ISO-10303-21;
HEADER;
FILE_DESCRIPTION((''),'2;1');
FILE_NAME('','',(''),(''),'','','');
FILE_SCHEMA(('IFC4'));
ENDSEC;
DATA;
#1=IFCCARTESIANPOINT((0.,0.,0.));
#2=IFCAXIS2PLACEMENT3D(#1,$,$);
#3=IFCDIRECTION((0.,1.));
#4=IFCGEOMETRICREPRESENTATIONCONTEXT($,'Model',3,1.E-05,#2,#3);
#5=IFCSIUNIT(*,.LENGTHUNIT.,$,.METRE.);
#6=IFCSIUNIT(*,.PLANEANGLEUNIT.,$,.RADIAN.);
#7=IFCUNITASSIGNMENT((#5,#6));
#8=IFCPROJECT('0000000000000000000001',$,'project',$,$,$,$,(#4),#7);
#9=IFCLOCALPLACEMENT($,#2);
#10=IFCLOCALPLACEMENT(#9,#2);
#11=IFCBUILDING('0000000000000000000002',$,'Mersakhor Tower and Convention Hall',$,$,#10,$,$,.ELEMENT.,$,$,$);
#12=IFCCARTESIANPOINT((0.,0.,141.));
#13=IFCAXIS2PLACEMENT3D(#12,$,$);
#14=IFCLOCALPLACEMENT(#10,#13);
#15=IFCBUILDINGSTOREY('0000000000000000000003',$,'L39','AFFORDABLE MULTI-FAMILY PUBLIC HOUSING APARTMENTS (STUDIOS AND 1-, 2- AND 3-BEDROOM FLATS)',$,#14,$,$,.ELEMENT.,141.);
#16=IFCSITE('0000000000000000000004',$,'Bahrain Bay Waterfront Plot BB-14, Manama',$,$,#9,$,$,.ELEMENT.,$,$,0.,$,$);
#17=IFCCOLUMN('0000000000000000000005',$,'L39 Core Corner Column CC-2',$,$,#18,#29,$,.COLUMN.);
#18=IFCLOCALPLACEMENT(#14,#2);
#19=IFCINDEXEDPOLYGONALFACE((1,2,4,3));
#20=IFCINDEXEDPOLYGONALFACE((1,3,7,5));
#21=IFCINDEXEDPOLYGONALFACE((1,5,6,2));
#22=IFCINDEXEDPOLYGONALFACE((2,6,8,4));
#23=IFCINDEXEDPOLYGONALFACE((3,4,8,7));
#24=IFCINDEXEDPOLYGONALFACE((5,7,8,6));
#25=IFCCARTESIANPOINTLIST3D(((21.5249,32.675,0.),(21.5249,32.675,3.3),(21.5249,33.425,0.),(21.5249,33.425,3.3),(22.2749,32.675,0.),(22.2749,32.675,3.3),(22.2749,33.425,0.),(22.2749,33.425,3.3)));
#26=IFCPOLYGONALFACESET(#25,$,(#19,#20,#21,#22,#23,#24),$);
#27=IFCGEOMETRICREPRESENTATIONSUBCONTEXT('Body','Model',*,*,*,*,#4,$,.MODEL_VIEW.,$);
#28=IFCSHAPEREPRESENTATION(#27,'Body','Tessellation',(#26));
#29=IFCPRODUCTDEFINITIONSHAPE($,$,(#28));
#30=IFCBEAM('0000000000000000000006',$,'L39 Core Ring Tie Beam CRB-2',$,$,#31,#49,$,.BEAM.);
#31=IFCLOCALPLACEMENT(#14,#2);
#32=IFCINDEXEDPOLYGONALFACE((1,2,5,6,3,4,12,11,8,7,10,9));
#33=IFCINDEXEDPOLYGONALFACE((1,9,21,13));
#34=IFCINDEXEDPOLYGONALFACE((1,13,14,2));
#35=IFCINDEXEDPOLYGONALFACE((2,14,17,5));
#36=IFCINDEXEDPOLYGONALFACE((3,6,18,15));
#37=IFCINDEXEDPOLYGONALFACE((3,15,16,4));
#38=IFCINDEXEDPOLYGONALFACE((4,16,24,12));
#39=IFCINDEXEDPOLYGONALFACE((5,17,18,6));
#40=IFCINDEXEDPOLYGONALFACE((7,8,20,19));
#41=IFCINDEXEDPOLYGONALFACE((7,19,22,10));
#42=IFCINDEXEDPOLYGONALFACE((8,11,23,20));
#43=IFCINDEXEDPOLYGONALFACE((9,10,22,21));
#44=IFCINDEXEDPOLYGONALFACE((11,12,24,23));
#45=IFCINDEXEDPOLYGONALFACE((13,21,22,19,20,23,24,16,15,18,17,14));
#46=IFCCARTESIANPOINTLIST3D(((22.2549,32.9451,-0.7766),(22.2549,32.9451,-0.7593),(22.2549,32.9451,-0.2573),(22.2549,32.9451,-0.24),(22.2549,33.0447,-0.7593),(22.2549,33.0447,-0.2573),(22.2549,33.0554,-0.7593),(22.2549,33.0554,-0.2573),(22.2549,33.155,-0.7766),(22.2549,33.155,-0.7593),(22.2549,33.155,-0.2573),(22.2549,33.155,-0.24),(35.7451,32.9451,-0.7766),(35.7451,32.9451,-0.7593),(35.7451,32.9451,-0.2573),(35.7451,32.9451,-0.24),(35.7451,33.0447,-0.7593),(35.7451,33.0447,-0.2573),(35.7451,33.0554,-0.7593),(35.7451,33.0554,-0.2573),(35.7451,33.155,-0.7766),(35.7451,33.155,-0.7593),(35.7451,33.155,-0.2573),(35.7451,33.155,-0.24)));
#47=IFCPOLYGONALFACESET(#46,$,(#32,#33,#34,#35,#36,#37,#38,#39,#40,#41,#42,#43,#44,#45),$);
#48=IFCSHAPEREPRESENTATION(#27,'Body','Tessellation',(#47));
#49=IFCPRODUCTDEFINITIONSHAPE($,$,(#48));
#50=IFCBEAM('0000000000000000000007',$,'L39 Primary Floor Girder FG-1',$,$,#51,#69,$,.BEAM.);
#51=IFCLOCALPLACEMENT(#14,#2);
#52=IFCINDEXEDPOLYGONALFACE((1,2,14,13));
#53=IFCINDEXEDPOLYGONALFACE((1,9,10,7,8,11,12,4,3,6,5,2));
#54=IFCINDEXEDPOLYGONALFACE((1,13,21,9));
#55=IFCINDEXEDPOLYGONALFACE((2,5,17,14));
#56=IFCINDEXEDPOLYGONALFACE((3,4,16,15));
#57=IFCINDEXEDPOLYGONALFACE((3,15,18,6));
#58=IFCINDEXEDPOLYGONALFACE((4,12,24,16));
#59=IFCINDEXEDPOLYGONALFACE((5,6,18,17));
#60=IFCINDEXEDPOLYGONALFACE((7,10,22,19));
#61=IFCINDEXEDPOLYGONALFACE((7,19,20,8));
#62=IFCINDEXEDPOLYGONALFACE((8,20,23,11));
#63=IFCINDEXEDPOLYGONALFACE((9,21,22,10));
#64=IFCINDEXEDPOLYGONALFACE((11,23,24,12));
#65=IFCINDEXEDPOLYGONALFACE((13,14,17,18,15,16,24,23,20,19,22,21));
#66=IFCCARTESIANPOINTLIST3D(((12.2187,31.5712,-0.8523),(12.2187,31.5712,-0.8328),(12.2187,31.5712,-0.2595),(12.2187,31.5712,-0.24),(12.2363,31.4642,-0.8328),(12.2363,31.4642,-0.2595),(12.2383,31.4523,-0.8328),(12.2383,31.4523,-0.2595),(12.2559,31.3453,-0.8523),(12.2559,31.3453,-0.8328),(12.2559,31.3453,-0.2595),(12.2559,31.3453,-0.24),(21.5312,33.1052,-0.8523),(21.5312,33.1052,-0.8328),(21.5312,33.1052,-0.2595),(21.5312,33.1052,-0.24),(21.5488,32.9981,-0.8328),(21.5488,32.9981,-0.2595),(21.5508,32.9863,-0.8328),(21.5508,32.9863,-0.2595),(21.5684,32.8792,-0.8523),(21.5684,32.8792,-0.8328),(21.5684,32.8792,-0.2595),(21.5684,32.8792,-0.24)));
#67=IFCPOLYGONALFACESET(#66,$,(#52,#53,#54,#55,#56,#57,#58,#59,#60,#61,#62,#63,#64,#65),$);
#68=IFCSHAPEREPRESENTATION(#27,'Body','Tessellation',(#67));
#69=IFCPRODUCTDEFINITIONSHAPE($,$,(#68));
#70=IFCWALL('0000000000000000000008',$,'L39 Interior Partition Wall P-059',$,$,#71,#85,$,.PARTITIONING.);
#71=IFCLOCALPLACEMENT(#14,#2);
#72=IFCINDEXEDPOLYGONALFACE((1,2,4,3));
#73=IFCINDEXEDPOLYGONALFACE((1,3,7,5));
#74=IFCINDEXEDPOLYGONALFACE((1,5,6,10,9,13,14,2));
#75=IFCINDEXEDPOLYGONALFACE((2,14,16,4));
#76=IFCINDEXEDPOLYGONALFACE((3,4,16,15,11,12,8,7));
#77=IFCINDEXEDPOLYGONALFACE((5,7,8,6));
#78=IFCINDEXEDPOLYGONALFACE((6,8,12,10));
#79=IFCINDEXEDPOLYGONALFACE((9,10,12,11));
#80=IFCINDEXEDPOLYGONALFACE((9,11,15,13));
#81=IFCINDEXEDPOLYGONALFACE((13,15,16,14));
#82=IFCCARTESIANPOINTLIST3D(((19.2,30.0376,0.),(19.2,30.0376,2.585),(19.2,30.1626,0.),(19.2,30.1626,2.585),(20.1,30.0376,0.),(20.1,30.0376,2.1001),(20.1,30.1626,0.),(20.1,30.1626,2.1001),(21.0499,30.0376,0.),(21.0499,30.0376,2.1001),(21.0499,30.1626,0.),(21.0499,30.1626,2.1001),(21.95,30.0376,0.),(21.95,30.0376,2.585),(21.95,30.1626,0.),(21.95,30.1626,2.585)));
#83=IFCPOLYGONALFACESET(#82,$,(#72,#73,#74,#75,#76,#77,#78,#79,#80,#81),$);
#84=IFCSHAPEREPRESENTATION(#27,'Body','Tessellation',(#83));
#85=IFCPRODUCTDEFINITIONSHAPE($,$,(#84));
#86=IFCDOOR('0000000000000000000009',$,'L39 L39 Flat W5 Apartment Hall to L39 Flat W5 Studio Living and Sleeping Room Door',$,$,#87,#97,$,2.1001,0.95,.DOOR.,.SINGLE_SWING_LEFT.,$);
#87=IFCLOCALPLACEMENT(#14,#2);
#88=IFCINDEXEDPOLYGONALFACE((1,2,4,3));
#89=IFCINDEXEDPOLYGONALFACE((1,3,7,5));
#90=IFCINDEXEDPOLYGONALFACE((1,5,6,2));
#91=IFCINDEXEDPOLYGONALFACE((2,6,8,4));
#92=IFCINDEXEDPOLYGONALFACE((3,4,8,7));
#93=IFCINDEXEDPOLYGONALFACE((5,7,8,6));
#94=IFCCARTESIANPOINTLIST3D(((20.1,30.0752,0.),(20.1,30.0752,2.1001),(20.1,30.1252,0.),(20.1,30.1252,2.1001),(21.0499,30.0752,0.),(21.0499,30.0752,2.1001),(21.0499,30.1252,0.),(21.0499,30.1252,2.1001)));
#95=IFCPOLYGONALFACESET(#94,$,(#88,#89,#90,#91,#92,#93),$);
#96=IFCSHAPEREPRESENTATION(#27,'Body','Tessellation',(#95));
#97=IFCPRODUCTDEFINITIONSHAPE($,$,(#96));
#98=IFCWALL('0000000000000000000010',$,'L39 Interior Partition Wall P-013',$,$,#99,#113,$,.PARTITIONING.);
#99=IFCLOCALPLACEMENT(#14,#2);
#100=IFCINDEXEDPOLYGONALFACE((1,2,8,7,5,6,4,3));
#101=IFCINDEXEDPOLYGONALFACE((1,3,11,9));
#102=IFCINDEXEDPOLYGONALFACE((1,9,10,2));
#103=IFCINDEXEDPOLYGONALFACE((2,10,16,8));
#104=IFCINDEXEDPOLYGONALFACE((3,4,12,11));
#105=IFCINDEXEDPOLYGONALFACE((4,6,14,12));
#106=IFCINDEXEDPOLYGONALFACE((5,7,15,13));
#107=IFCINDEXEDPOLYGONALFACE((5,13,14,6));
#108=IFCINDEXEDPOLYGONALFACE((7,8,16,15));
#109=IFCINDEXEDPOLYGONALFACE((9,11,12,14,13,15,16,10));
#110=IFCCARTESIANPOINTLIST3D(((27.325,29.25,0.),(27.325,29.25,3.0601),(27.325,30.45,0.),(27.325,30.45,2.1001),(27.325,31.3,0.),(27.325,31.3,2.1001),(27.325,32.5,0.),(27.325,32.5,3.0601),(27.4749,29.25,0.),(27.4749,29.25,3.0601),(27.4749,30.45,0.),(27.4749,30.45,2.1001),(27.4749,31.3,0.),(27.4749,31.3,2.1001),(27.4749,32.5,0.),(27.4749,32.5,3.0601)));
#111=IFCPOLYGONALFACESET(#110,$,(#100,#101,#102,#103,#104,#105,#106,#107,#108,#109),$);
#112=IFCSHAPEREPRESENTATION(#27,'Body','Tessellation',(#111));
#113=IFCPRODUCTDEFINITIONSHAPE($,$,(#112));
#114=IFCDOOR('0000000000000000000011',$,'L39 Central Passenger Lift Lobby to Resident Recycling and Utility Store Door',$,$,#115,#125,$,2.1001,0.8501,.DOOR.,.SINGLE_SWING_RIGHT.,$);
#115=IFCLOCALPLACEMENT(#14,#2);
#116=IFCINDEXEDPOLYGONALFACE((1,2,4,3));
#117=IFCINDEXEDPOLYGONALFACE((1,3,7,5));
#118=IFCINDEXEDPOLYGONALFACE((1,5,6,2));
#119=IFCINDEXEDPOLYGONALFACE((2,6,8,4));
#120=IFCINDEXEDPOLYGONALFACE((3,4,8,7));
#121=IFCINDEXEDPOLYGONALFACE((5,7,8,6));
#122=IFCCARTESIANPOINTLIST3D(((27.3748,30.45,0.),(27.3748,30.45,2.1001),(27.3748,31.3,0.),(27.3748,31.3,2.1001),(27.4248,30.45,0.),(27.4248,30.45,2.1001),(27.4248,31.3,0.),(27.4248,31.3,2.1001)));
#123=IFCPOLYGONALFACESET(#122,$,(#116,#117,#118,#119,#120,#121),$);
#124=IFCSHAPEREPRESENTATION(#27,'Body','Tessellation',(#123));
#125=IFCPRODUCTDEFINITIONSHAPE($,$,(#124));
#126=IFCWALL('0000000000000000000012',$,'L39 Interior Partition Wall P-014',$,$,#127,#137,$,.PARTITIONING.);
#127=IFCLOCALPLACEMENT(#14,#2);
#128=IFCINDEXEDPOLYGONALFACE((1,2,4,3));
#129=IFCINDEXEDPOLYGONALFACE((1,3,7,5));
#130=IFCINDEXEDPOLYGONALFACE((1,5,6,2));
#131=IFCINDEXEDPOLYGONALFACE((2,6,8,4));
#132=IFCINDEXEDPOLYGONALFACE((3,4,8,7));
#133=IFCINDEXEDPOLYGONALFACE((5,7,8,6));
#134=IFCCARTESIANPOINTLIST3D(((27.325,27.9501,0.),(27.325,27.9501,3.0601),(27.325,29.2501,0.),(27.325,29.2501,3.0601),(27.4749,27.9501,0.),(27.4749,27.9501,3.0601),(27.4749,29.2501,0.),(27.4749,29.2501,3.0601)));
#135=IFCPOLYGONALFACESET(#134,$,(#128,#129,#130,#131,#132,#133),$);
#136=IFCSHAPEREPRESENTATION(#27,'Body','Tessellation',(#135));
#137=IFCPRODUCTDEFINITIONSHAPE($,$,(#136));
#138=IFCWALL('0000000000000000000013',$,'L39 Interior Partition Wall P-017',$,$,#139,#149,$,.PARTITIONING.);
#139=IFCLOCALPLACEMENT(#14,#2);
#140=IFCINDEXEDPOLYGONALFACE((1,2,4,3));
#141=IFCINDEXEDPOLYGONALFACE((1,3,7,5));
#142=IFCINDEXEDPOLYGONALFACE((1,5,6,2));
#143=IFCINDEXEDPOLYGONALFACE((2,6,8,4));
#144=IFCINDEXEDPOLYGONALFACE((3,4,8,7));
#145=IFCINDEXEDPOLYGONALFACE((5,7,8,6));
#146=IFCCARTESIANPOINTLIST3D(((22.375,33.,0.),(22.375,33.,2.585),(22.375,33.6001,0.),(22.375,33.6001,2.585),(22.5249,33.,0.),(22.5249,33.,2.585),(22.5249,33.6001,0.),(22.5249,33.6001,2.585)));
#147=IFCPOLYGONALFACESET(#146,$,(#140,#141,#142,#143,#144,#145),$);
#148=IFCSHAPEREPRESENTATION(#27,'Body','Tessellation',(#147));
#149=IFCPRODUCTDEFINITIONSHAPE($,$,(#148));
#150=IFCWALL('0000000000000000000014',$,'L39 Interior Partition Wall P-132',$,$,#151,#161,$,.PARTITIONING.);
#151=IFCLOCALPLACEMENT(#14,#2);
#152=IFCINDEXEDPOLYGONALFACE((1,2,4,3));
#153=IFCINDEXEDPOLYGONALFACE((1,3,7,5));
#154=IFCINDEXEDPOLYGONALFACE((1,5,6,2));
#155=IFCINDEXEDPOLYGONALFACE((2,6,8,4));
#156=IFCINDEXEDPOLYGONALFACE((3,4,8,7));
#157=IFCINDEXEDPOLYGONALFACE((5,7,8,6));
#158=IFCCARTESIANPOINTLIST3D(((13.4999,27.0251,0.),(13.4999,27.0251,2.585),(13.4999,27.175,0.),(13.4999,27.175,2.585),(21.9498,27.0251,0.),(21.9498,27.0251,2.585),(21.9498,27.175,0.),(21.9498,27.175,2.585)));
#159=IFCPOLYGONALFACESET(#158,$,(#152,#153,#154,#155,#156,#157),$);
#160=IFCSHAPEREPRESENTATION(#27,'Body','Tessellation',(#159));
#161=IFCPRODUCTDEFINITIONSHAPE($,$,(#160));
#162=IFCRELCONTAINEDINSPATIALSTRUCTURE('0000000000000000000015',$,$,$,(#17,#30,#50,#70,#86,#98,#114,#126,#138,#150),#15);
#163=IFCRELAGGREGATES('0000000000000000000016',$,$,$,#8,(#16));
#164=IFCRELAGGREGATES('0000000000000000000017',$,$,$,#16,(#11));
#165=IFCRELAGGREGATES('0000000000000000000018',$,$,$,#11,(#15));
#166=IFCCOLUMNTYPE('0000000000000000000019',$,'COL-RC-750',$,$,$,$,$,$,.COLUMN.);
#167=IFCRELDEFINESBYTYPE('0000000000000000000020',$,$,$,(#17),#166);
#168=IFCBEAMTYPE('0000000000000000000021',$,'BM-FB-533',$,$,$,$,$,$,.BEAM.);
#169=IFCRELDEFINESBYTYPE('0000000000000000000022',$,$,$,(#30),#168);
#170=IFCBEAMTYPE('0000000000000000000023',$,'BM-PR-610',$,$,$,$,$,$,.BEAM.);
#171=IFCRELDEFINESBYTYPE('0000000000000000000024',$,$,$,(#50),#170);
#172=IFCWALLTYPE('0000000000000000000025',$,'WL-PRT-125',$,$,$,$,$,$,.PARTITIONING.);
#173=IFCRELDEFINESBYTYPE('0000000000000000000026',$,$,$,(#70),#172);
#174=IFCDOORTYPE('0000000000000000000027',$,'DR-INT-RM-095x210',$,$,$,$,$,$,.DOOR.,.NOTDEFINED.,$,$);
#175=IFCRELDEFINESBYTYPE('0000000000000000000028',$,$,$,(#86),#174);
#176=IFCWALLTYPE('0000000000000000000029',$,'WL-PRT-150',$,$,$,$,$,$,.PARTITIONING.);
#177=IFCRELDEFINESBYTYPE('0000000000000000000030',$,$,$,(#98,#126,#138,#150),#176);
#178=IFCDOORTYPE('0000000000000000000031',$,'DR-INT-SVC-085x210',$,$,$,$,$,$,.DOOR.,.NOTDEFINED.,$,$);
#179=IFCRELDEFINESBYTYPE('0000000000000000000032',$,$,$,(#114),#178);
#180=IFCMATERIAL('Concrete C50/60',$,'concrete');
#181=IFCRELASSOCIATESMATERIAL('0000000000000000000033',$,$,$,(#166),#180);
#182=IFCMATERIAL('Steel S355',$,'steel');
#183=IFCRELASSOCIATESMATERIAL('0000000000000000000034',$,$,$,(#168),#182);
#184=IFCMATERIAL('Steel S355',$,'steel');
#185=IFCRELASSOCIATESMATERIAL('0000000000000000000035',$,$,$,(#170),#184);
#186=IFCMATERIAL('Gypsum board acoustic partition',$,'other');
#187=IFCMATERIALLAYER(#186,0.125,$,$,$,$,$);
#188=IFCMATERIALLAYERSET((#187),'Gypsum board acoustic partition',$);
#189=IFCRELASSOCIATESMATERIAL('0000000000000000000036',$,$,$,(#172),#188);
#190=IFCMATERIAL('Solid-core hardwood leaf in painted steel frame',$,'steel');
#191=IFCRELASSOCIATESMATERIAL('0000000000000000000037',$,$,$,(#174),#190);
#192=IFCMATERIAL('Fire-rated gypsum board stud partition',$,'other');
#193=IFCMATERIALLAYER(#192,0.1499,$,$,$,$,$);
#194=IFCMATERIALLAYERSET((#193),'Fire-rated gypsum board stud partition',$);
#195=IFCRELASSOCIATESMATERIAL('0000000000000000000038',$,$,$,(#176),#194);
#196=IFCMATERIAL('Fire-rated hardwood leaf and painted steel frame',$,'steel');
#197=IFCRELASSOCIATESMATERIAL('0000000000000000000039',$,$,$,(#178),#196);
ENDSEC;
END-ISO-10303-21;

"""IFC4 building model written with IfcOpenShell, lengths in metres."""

from ifc_helpers import new_model, si_unit, direction, frame, frame_2d, origin, origin_2d, place, context, subcontext, project, spatial, rectangle, i_section, extrude, material, layer, layer_set, material_profile, profile_set, type_object, element, fill, save


model = new_model("IFC4")

# Units and contexts
model_context = context("Model", 3, precision=1e-05, world=origin(), true_north=direction((0.0, 1.0)))
body_context = subcontext(model_context, "Body", "Model", "MODEL_VIEW")
ifc_project = project(units=[si_unit("LENGTHUNIT", "METRE"), si_unit("PLANEANGLEUNIT", "RADIAN")], contexts=[model_context])

# Site, building, storey
site_placement = place(None, origin())
site = spatial("IfcSite", under=ifc_project, at=site_placement, Name="Bahrain Bay Waterfront Plot BB-14, Manama", CompositionType="ELEMENT", RefElevation=0.0)
building_placement = place(site_placement, origin())
building = spatial("IfcBuilding", under=site, at=building_placement, Name="Mersakhor Tower and Convention Hall", CompositionType="ELEMENT")
storey_placement = place(building_placement, frame((0.0, 0.0, 141.0)))
storey = spatial("IfcBuildingStorey", under=building, at=storey_placement, Name="L39", Description="AFFORDABLE MULTI-FAMILY PUBLIC HOUSING APARTMENTS (STUDIOS AND 1-, 2- AND 3-BEDROOM FLATS)", CompositionType="ELEMENT", Elevation=141.0)

# Column
ifc_material_1 = material(Name="Concrete C50/60", Category="concrete")
ifc_material_profile_1 = material_profile(ifc_material_1, rectangle(XDim=0.75, YDim=0.75, at=origin_2d()), Name="RC 750x750")
ifc_profile_set_1 = profile_set([ifc_material_profile_1], Name="Concrete C50/60")
column_type = type_object("IfcColumnType", Name="COL-RC-750", PredefinedType="COLUMN", material=ifc_profile_set_1)
column_placement = place(storey_placement, frame((21.8999, 33.05, 0.0), z_axis=(0.0, 0.0, 1.0), x_axis=(1.0, 0.0, 0.0)))
element("IfcColumn", 1, at=column_placement, inside=storey, type_object=column_type, Name="L39 Core Corner Column CC-2", PredefinedType="COLUMN", context=body_context, shape_type="SweptSolid", body=[
    extrude(rectangle(XDim=0.75, YDim=0.75, at=origin_2d()), origin(), (0.0, 0.0, 1.0), 3.3),
])

# Beams
ifc_material_2 = material(Name="Steel S355", Category="steel")
ifc_material_profile_2 = material_profile(ifc_material_2, i_section(OverallWidth=0.21, OverallDepth=0.5366, WebThickness=0.0107, FlangeThickness=0.0173, at=origin_2d()), Name="UB 533x210x101")
ifc_profile_set_2 = profile_set([ifc_material_profile_2], Name="Steel S355")
beam_type_1 = type_object("IfcBeamType", Name="BM-FB-533", PredefinedType="BEAM", material=ifc_profile_set_2)
beam_1_placement = place(storey_placement, frame((22.2549, 33.05, -0.5083), z_axis=(1.0, 0.0, 0.0), x_axis=(0.0, 1.0, 0.0)))
element("IfcBeam", 2, at=beam_1_placement, inside=storey, type_object=beam_type_1, Name="L39 Core Ring Tie Beam CRB-2", PredefinedType="BEAM", context=body_context, shape_type="SweptSolid", body=[
    extrude(i_section(OverallWidth=0.21, OverallDepth=0.5366, WebThickness=0.0107, FlangeThickness=0.0173, at=origin_2d()), origin(), (0.0, 0.0, 1.0), 13.4902),
])
ifc_material_3 = material(Name="Steel S355", Category="steel")
ifc_material_profile_3 = material_profile(ifc_material_3, i_section(OverallWidth=0.229, OverallDepth=0.6123, WebThickness=0.012, FlangeThickness=0.0195, at=origin_2d()), Name="UB 610x229x125")
ifc_profile_set_3 = profile_set([ifc_material_profile_3], Name="Steel S355")
beam_type_2 = type_object("IfcBeamType", Name="BM-PR-610", PredefinedType="BEAM", material=ifc_profile_set_3)
beam_2_placement = place(storey_placement, frame((21.5498, 32.9922, -0.5461), z_axis=(-0.986704, -0.162528, 0.0), x_axis=(0.162528, -0.986704, 0.0)))
element("IfcBeam", 3, at=beam_2_placement, inside=storey, type_object=beam_type_2, Name="L39 Primary Floor Girder FG-1", PredefinedType="BEAM", context=body_context, shape_type="SweptSolid", body=[
    extrude(i_section(OverallWidth=0.229, OverallDepth=0.6123, WebThickness=0.012, FlangeThickness=0.0195, at=origin_2d()), origin(), (0.0, 0.0, 1.0), 9.438),
])

# Walls, openings, doors
ifc_material_4 = material(Name="Gypsum board acoustic partition", Category="other")
ifc_layer_1 = layer(ifc_material_4, 0.125)
ifc_layer_set_1 = layer_set([ifc_layer_1], Name="Gypsum board acoustic partition")
wall_type_1 = type_object("IfcWallType", Name="WL-PRT-125", PredefinedType="PARTITIONING", material=ifc_layer_set_1)
wall_1_placement = place(storey_placement, frame((21.95, 30.1001, 0.0), z_axis=(0.0, 0.0, 1.0), x_axis=(-1.0, 0.0, 0.0)))
wall_1 = element("IfcWall", 4, at=wall_1_placement, inside=storey, type_object=wall_type_1, Name="L39 Interior Partition Wall P-059", PredefinedType="PARTITIONING", context=body_context, shape_type="SweptSolid", body=[
    extrude(rectangle(XDim=2.75, YDim=0.125, at=frame_2d((1.375, 0.0))), origin(), (0.0, 0.0, 1.0), 2.585),
])
opening_1_placement = place(wall_1_placement, frame((0.8999, 0.0, 0.0)))
opening_1 = element("IfcOpeningElement", 5, at=opening_1_placement, cuts=wall_1, PredefinedType="OPENING", context=body_context, shape_type="SweptSolid", body=[
    extrude(rectangle(XDim=0.95, YDim=2.1001, at=frame_2d((0.4751, 1.05))), frame((0.0, 0.0725, 0.0), z_axis=(0.0, -1.0, 0.0), x_axis=(1.0, 0.0, 0.0)), (0.0, 0.0, 1.0), 0.145),
])
ifc_material_5 = material(Name="Solid-core hardwood leaf in painted steel frame", Category="steel")
door_type_1 = type_object("IfcDoorType", Name="DR-INT-RM-095x210", OperationType="NOTDEFINED", PredefinedType="DOOR", material=ifc_material_5)
door_1_placement = place(opening_1_placement, origin())
door_1 = element("IfcDoor", 6, at=door_1_placement, inside=storey, type_object=door_type_1, Name="L39 L39 Flat W5 Apartment Hall to L39 Flat W5 Studio Living and Sleeping Room Door", OperationType="SINGLE_SWING_LEFT", OverallHeight=2.1001, OverallWidth=0.95, PredefinedType="DOOR", context=body_context, shape_type="SweptSolid", body=[
    extrude(rectangle(XDim=0.95, YDim=2.1001, at=frame_2d((0.4751, 1.05))), frame((0.0, 0.0249, 0.0), z_axis=(0.0, -1.0, 0.0), x_axis=(1.0, 0.0, 0.0)), (0.0, 0.0, 1.0), 0.05),
])
fill(opening_1, door_1)
ifc_material_6 = material(Name="Fire-rated gypsum board stud partition", Category="other")
ifc_layer_2 = layer(ifc_material_6, 0.1499)
ifc_layer_set_2 = layer_set([ifc_layer_2], Name="Fire-rated gypsum board stud partition")
wall_type_2 = type_object("IfcWallType", Name="WL-PRT-150", PredefinedType="PARTITIONING", material=ifc_layer_set_2)
wall_2_placement = place(storey_placement, frame((27.3999, 32.5, 0.0), z_axis=(0.0, 0.0, 1.0), x_axis=(0.0, -1.0, 0.0)))
wall_2 = element("IfcWall", 7, at=wall_2_placement, inside=storey, type_object=wall_type_2, Name="L39 Interior Partition Wall P-013", PredefinedType="PARTITIONING", context=body_context, shape_type="SweptSolid", body=[
    extrude(rectangle(XDim=3.25, YDim=0.1499, at=frame_2d((1.625, 0.0))), origin(), (0.0, 0.0, 1.0), 3.0601),
])
opening_2_placement = place(wall_2_placement, frame((1.2, 0.0, 0.0)))
opening_2 = element("IfcOpeningElement", 8, at=opening_2_placement, cuts=wall_2, PredefinedType="OPENING", context=body_context, shape_type="SweptSolid", body=[
    extrude(rectangle(XDim=0.8501, YDim=2.1001, at=frame_2d((0.425, 1.05))), frame((0.0, 0.085, 0.0), z_axis=(0.0, -1.0, 0.0), x_axis=(1.0, 0.0, 0.0)), (0.0, 0.0, 1.0), 0.1699),
])
ifc_material_7 = material(Name="Fire-rated hardwood leaf and painted steel frame", Category="steel")
door_type_2 = type_object("IfcDoorType", Name="DR-INT-SVC-085x210", OperationType="NOTDEFINED", PredefinedType="DOOR", material=ifc_material_7)
door_2_placement = place(opening_2_placement, origin())
door_2 = element("IfcDoor", 9, at=door_2_placement, inside=storey, type_object=door_type_2, Name="L39 Central Passenger Lift Lobby to Resident Recycling and Utility Store Door", OperationType="SINGLE_SWING_RIGHT", OverallHeight=2.1001, OverallWidth=0.8501, PredefinedType="DOOR", context=body_context, shape_type="SweptSolid", body=[
    extrude(rectangle(XDim=0.8501, YDim=2.1001, at=frame_2d((0.425, 1.05))), frame((0.0, 0.0249, 0.0), z_axis=(0.0, -1.0, 0.0), x_axis=(1.0, 0.0, 0.0)), (0.0, 0.0, 1.0), 0.05),
])
fill(opening_2, door_2)

# Wall
wall_3_placement = place(storey_placement, frame((27.3999, 29.25, 0.0), z_axis=(0.0, 0.0, 1.0), x_axis=(0.0, -1.0, 0.0)))
element("IfcWall", 10, at=wall_3_placement, inside=storey, type_object=wall_type_2, Name="L39 Interior Partition Wall P-014", PredefinedType="PARTITIONING", context=body_context, shape_type="SweptSolid", body=[
    extrude(rectangle(XDim=1.3, YDim=0.1499, at=frame_2d((0.6499, 0.0))), origin(), (0.0, 0.0, 1.0), 3.0601),
])

# Walls
wall_4_placement = place(storey_placement, frame((22.45, 33.0, 0.0), z_axis=(0.0, 0.0, 1.0), x_axis=(0.0, 1.0, 0.0)))
element("IfcWall", 11, at=wall_4_placement, inside=storey, type_object=wall_type_2, Name="L39 Interior Partition Wall P-017", PredefinedType="PARTITIONING", context=body_context, shape_type="SweptSolid", body=[
    extrude(rectangle(XDim=0.6001, YDim=0.1499, at=frame_2d((0.3, 0.0))), origin(), (0.0, 0.0, 1.0), 2.585),
])
wall_5_placement = place(storey_placement, frame((21.95, 27.1001, 0.0), z_axis=(0.0, 0.0, 1.0), x_axis=(-1.0, 0.0, 0.0)))
element("IfcWall", 12, at=wall_5_placement, inside=storey, type_object=wall_type_2, Name="L39 Interior Partition Wall P-132", PredefinedType="PARTITIONING", context=body_context, shape_type="SweptSolid", body=[
    extrude(rectangle(XDim=8.45, YDim=0.1499, at=frame_2d((4.2251, 0.0))), origin(), (0.0, 0.0, 1.0), 2.585),
])

save(model, "model.ifc")
